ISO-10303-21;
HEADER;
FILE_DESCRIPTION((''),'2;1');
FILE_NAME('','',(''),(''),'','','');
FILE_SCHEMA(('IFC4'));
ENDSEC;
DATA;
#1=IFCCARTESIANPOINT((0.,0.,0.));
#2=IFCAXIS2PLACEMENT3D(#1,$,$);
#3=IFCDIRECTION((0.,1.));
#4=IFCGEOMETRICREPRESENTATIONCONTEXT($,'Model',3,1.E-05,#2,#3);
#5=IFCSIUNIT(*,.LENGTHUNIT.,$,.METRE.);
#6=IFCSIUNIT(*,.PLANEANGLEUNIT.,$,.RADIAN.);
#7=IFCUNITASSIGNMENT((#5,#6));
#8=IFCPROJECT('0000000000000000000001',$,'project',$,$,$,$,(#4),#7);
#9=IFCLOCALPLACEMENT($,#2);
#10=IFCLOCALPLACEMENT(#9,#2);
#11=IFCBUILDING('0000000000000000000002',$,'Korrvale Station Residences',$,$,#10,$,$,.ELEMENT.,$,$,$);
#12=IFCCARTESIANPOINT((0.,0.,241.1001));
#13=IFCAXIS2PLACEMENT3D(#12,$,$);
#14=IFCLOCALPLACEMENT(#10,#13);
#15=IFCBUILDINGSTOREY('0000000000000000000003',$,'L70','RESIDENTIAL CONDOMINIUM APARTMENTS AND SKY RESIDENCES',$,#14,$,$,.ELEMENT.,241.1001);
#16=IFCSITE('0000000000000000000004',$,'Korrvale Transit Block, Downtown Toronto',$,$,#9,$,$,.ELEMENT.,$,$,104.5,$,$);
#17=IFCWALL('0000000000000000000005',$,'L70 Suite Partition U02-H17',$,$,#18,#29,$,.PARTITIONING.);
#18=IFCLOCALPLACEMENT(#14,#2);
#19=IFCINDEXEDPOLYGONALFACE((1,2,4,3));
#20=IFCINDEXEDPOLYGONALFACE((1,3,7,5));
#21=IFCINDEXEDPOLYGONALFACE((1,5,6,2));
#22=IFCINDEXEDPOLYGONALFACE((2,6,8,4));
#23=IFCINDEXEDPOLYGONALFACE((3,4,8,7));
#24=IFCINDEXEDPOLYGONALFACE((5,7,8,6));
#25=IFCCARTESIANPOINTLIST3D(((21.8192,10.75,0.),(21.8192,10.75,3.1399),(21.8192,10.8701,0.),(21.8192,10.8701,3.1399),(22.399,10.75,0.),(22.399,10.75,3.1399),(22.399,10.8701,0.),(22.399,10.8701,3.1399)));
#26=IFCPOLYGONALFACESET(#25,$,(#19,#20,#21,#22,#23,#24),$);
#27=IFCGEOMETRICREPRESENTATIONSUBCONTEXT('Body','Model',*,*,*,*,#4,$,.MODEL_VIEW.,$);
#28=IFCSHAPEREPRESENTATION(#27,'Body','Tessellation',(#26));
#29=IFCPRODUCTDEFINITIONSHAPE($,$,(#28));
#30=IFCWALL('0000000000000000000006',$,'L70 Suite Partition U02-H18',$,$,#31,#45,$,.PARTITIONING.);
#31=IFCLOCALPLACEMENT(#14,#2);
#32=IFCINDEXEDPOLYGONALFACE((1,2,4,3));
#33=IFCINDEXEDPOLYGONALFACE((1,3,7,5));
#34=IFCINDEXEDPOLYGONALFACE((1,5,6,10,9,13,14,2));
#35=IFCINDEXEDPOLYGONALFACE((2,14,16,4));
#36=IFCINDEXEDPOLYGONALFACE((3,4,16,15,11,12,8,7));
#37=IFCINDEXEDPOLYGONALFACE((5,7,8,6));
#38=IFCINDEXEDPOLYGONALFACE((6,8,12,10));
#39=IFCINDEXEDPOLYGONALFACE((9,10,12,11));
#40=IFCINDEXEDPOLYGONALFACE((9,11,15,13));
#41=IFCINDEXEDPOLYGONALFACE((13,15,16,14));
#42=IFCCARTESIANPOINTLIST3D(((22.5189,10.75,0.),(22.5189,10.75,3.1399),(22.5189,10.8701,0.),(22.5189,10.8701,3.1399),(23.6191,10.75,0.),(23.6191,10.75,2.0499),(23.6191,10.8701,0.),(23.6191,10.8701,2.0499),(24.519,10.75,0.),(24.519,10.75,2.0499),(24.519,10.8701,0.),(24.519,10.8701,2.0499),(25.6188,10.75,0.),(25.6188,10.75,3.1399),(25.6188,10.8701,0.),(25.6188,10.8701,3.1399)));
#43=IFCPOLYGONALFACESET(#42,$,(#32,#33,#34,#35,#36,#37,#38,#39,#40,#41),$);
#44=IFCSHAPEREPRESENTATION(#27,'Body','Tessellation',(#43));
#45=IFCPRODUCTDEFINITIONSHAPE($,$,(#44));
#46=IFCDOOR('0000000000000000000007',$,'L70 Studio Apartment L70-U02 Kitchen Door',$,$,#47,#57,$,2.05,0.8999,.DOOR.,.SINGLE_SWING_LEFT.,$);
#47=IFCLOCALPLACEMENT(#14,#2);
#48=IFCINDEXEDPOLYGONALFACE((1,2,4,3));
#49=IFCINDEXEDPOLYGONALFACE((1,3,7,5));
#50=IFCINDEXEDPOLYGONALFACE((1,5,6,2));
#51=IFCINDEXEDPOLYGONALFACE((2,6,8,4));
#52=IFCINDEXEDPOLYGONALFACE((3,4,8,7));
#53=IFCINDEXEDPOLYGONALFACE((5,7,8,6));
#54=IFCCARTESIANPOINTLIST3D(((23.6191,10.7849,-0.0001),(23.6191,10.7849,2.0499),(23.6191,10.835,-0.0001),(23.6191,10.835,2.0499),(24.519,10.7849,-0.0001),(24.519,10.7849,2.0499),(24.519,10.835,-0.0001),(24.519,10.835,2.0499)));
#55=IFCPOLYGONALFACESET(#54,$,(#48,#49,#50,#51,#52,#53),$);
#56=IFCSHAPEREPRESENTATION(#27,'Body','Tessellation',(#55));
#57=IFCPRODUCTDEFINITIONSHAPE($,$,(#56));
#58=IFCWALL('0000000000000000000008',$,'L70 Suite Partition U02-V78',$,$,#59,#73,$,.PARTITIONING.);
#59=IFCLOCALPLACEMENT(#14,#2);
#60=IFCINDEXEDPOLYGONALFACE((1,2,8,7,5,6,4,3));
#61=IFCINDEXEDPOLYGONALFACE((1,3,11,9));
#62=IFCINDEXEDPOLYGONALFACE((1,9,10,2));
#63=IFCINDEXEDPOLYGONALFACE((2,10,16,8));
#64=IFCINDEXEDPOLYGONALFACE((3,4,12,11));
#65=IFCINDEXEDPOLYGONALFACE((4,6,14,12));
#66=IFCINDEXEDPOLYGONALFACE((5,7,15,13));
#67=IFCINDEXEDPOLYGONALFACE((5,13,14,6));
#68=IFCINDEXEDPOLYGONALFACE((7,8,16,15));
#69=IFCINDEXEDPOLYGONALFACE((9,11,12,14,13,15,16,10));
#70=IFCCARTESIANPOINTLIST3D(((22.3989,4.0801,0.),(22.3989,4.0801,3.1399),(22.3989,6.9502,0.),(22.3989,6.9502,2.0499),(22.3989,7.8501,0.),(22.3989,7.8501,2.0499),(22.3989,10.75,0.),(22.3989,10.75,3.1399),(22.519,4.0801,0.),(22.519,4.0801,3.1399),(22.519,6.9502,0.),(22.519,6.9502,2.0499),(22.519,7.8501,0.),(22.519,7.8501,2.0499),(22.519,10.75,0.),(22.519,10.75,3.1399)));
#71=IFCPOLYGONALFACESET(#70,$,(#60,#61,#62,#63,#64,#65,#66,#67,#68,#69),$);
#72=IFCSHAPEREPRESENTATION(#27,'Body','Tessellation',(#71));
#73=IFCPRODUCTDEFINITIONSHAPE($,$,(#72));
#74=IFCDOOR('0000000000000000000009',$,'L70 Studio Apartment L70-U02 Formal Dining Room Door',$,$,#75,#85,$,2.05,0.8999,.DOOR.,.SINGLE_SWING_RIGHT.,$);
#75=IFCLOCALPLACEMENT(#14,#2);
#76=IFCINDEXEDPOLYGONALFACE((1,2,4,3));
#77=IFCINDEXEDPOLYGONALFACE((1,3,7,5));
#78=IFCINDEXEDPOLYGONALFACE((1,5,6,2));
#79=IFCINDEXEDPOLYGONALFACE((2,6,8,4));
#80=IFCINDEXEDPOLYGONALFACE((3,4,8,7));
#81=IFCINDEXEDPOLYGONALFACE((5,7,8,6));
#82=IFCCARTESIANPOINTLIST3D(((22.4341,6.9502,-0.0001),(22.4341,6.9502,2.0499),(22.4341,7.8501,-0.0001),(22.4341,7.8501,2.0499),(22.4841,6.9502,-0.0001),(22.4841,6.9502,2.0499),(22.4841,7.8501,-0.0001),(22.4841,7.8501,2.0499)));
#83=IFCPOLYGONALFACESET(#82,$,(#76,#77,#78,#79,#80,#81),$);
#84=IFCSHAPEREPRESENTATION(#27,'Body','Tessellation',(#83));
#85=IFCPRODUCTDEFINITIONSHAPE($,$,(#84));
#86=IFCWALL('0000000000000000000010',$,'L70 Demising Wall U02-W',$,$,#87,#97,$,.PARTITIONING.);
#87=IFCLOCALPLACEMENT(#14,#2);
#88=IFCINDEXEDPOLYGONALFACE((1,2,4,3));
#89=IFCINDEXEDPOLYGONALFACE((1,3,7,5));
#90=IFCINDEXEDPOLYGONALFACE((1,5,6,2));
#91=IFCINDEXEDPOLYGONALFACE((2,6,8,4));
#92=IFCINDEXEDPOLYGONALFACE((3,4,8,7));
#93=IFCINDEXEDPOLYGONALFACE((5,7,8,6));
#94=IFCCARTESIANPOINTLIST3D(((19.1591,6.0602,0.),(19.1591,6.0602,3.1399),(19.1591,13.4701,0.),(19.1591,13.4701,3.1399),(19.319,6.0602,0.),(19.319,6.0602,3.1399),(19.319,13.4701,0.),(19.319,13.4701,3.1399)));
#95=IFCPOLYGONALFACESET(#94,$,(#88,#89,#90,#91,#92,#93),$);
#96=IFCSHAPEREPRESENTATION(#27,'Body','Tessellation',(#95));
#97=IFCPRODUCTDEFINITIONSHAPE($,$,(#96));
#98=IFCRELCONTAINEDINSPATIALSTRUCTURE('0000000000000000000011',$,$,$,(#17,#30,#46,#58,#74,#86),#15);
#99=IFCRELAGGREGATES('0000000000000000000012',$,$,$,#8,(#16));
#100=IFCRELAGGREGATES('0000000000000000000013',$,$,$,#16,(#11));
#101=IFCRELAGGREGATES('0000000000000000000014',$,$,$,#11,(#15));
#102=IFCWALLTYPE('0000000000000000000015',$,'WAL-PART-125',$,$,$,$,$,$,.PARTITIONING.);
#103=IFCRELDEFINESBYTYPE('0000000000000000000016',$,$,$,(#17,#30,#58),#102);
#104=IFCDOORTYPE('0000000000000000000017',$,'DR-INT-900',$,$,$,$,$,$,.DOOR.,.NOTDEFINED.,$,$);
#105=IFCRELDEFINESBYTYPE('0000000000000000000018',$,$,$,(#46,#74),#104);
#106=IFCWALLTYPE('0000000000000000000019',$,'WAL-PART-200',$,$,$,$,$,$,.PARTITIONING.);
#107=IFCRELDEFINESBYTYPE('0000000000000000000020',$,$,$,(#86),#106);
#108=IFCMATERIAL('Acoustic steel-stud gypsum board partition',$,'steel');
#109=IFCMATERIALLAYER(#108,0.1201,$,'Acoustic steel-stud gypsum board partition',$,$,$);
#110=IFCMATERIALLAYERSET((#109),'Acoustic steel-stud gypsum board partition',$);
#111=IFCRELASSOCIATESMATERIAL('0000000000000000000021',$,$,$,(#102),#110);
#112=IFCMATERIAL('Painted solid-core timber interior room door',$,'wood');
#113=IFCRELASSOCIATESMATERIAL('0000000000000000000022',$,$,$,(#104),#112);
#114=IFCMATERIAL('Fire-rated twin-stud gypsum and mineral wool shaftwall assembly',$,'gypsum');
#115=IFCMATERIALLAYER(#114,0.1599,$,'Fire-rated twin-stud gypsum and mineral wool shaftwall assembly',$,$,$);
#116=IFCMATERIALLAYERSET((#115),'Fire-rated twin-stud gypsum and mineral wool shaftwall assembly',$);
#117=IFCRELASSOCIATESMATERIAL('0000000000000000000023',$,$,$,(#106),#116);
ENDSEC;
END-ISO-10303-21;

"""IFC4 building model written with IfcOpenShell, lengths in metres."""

from ifc_helpers import new_model, si_unit, direction, frame, frame_2d, origin, place, context, subcontext, project, spatial, rectangle, extrude, material, layer, layer_set, type_object, element, fill, save


model = new_model("IFC4")

# Units and contexts
model_context = context("Model", 3, precision=1e-05, world=origin(), true_north=direction((0.0, 1.0)))
body_context = subcontext(model_context, "Body", "Model", "MODEL_VIEW")
ifc_project = project(units=[si_unit("LENGTHUNIT", "METRE"), si_unit("PLANEANGLEUNIT", "RADIAN")], contexts=[model_context])

# Site, building, storey
site_placement = place(None, origin())
site = spatial("IfcSite", under=ifc_project, at=site_placement, Name="Korrvale Transit Block, Downtown Toronto", CompositionType="ELEMENT", RefElevation=104.5)
building_placement = place(site_placement, origin())
building = spatial("IfcBuilding", under=site, at=building_placement, Name="Korrvale Station Residences", CompositionType="ELEMENT")
storey_placement = place(building_placement, frame((0.0, 0.0, 241.1001)))
storey = spatial("IfcBuildingStorey", under=building, at=storey_placement, Name="L70", Description="RESIDENTIAL CONDOMINIUM APARTMENTS AND SKY RESIDENCES", CompositionType="ELEMENT", Elevation=241.1001)

# Shared definitions
ifc_material_1 = material(Name="Acoustic steel-stud gypsum board partition", Category="steel")
ifc_layer_1 = layer(ifc_material_1, 0.1201, Name="Acoustic steel-stud gypsum board partition")
ifc_layer_set_1 = layer_set([ifc_layer_1], Name="Acoustic steel-stud gypsum board partition")
wall_type_1 = type_object("IfcWallType", Name="WAL-PART-125", PredefinedType="PARTITIONING", material=ifc_layer_set_1)

# Wall
wall_1_placement = place(storey_placement, frame((21.8191, 10.8101, 0.0), z_axis=(0.0, 0.0, 1.0), x_axis=(1.0, 0.0, 0.0)))
element("IfcWall", 1, at=wall_1_placement, inside=storey, type_object=wall_type_1, Name="L70 Suite Partition U02-H17", PredefinedType="PARTITIONING", context=body_context, shape_type="SweptSolid", body=[
    extrude(rectangle(XDim=0.5798, YDim=0.1201, at=frame_2d((0.29, 0.0))), origin(), (0.0, 0.0, 1.0), 3.1399),
])

# Walls, openings, doors
wall_2_placement = place(storey_placement, frame((22.519, 10.8101, 0.0), z_axis=(0.0, 0.0, 1.0), x_axis=(1.0, 0.0, 0.0)))
wall_2 = element("IfcWall", 2, at=wall_2_placement, inside=storey, type_object=wall_type_1, Name="L70 Suite Partition U02-H18", PredefinedType="PARTITIONING", context=body_context, shape_type="SweptSolid", body=[
    extrude(rectangle(XDim=3.0999, YDim=0.1201, at=frame_2d((1.5498, 0.0))), origin(), (0.0, 0.0, 1.0), 3.1399),
])
opening_1_placement = place(wall_2_placement, frame((1.1001, 0.0, 0.0)))
opening_1 = element("IfcOpeningElement", 3, at=opening_1_placement, cuts=wall_2, PredefinedType="OPENING", context=body_context, shape_type="SweptSolid", body=[
    extrude(rectangle(XDim=0.8999, YDim=2.05, at=frame_2d((0.45, 1.0249))), frame((0.0, 0.0701, 0.0), z_axis=(0.0, -1.0, 0.0), x_axis=(1.0, 0.0, 0.0)), (0.0, 0.0, 1.0), 0.1401),
])
ifc_material_2 = material(Name="Painted solid-core timber interior room door", Category="wood")
door_type_1 = type_object("IfcDoorType", Name="DR-INT-900", OperationType="NOTDEFINED", PredefinedType="DOOR", material=ifc_material_2)
door_1_placement = place(opening_1_placement, origin())
door_1 = element("IfcDoor", 4, at=door_1_placement, inside=storey, type_object=door_type_1, Name="L70 Studio Apartment L70-U02 Kitchen Door", OperationType="SINGLE_SWING_LEFT", OverallHeight=2.05, OverallWidth=0.8999, PredefinedType="DOOR", context=body_context, shape_type="SweptSolid", body=[
    extrude(rectangle(XDim=0.8999, YDim=2.05, at=frame_2d((0.45, 1.0249))), frame((0.0, 0.0249, 0.0), z_axis=(0.0, -1.0, 0.0), x_axis=(1.0, 0.0, 0.0)), (0.0, 0.0, 1.0), 0.05),
])
fill(opening_1, door_1)
wall_3_placement = place(storey_placement, frame((22.459, 4.0801, 0.0), z_axis=(0.0, 0.0, 1.0), x_axis=(0.0, 1.0, 0.0)))
wall_3 = element("IfcWall", 5, at=wall_3_placement, inside=storey, type_object=wall_type_1, Name="L70 Suite Partition U02-V78", PredefinedType="PARTITIONING", context=body_context, shape_type="SweptSolid", body=[
    extrude(rectangle(XDim=6.6699, YDim=0.1201, at=frame_2d((3.335, 0.0))), origin(), (0.0, 0.0, 1.0), 3.1399),
])
opening_2_placement = place(wall_3_placement, frame((2.8701, 0.0, 0.0)))
opening_2 = element("IfcOpeningElement", 6, at=opening_2_placement, cuts=wall_3, PredefinedType="OPENING", context=body_context, shape_type="SweptSolid", body=[
    extrude(rectangle(XDim=0.8999, YDim=2.05, at=frame_2d((0.45, 1.0249))), frame((0.0, 0.0701, 0.0), z_axis=(0.0, -1.0, 0.0), x_axis=(1.0, 0.0, 0.0)), (0.0, 0.0, 1.0), 0.1401),
])
door_2_placement = place(opening_2_placement, origin())
door_2 = element("IfcDoor", 7, at=door_2_placement, inside=storey, type_object=door_type_1, Name="L70 Studio Apartment L70-U02 Formal Dining Room Door", OperationType="SINGLE_SWING_RIGHT", OverallHeight=2.05, OverallWidth=0.8999, PredefinedType="DOOR", context=body_context, shape_type="SweptSolid", body=[
    extrude(rectangle(XDim=0.8999, YDim=2.05, at=frame_2d((0.45, 1.0249))), frame((0.0, 0.0249, 0.0), z_axis=(0.0, -1.0, 0.0), x_axis=(1.0, 0.0, 0.0)), (0.0, 0.0, 1.0), 0.05),
])
fill(opening_2, door_2)

# Wall
ifc_material_3 = material(Name="Fire-rated twin-stud gypsum and mineral wool shaftwall assembly", Category="gypsum")
ifc_layer_2 = layer(ifc_material_3, 0.1599, Name="Fire-rated twin-stud gypsum and mineral wool shaftwall assembly")
ifc_layer_set_2 = layer_set([ifc_layer_2], Name="Fire-rated twin-stud gypsum and mineral wool shaftwall assembly")
wall_type_2 = type_object("IfcWallType", Name="WAL-PART-200", PredefinedType="PARTITIONING", material=ifc_layer_set_2)
wall_4_placement = place(storey_placement, frame((19.239, 6.0601, 0.0), z_axis=(0.0, 0.0, 1.0), x_axis=(0.0, 1.0, 0.0)))
element("IfcWall", 8, at=wall_4_placement, inside=storey, type_object=wall_type_2, Name="L70 Demising Wall U02-W", PredefinedType="PARTITIONING", context=body_context, shape_type="SweptSolid", body=[
    extrude(rectangle(XDim=7.4099, YDim=0.1599, at=frame_2d((3.7051, 0.0))), origin(), (0.0, 0.0, 1.0), 3.1399),
])

save(model, "model.ifc")
